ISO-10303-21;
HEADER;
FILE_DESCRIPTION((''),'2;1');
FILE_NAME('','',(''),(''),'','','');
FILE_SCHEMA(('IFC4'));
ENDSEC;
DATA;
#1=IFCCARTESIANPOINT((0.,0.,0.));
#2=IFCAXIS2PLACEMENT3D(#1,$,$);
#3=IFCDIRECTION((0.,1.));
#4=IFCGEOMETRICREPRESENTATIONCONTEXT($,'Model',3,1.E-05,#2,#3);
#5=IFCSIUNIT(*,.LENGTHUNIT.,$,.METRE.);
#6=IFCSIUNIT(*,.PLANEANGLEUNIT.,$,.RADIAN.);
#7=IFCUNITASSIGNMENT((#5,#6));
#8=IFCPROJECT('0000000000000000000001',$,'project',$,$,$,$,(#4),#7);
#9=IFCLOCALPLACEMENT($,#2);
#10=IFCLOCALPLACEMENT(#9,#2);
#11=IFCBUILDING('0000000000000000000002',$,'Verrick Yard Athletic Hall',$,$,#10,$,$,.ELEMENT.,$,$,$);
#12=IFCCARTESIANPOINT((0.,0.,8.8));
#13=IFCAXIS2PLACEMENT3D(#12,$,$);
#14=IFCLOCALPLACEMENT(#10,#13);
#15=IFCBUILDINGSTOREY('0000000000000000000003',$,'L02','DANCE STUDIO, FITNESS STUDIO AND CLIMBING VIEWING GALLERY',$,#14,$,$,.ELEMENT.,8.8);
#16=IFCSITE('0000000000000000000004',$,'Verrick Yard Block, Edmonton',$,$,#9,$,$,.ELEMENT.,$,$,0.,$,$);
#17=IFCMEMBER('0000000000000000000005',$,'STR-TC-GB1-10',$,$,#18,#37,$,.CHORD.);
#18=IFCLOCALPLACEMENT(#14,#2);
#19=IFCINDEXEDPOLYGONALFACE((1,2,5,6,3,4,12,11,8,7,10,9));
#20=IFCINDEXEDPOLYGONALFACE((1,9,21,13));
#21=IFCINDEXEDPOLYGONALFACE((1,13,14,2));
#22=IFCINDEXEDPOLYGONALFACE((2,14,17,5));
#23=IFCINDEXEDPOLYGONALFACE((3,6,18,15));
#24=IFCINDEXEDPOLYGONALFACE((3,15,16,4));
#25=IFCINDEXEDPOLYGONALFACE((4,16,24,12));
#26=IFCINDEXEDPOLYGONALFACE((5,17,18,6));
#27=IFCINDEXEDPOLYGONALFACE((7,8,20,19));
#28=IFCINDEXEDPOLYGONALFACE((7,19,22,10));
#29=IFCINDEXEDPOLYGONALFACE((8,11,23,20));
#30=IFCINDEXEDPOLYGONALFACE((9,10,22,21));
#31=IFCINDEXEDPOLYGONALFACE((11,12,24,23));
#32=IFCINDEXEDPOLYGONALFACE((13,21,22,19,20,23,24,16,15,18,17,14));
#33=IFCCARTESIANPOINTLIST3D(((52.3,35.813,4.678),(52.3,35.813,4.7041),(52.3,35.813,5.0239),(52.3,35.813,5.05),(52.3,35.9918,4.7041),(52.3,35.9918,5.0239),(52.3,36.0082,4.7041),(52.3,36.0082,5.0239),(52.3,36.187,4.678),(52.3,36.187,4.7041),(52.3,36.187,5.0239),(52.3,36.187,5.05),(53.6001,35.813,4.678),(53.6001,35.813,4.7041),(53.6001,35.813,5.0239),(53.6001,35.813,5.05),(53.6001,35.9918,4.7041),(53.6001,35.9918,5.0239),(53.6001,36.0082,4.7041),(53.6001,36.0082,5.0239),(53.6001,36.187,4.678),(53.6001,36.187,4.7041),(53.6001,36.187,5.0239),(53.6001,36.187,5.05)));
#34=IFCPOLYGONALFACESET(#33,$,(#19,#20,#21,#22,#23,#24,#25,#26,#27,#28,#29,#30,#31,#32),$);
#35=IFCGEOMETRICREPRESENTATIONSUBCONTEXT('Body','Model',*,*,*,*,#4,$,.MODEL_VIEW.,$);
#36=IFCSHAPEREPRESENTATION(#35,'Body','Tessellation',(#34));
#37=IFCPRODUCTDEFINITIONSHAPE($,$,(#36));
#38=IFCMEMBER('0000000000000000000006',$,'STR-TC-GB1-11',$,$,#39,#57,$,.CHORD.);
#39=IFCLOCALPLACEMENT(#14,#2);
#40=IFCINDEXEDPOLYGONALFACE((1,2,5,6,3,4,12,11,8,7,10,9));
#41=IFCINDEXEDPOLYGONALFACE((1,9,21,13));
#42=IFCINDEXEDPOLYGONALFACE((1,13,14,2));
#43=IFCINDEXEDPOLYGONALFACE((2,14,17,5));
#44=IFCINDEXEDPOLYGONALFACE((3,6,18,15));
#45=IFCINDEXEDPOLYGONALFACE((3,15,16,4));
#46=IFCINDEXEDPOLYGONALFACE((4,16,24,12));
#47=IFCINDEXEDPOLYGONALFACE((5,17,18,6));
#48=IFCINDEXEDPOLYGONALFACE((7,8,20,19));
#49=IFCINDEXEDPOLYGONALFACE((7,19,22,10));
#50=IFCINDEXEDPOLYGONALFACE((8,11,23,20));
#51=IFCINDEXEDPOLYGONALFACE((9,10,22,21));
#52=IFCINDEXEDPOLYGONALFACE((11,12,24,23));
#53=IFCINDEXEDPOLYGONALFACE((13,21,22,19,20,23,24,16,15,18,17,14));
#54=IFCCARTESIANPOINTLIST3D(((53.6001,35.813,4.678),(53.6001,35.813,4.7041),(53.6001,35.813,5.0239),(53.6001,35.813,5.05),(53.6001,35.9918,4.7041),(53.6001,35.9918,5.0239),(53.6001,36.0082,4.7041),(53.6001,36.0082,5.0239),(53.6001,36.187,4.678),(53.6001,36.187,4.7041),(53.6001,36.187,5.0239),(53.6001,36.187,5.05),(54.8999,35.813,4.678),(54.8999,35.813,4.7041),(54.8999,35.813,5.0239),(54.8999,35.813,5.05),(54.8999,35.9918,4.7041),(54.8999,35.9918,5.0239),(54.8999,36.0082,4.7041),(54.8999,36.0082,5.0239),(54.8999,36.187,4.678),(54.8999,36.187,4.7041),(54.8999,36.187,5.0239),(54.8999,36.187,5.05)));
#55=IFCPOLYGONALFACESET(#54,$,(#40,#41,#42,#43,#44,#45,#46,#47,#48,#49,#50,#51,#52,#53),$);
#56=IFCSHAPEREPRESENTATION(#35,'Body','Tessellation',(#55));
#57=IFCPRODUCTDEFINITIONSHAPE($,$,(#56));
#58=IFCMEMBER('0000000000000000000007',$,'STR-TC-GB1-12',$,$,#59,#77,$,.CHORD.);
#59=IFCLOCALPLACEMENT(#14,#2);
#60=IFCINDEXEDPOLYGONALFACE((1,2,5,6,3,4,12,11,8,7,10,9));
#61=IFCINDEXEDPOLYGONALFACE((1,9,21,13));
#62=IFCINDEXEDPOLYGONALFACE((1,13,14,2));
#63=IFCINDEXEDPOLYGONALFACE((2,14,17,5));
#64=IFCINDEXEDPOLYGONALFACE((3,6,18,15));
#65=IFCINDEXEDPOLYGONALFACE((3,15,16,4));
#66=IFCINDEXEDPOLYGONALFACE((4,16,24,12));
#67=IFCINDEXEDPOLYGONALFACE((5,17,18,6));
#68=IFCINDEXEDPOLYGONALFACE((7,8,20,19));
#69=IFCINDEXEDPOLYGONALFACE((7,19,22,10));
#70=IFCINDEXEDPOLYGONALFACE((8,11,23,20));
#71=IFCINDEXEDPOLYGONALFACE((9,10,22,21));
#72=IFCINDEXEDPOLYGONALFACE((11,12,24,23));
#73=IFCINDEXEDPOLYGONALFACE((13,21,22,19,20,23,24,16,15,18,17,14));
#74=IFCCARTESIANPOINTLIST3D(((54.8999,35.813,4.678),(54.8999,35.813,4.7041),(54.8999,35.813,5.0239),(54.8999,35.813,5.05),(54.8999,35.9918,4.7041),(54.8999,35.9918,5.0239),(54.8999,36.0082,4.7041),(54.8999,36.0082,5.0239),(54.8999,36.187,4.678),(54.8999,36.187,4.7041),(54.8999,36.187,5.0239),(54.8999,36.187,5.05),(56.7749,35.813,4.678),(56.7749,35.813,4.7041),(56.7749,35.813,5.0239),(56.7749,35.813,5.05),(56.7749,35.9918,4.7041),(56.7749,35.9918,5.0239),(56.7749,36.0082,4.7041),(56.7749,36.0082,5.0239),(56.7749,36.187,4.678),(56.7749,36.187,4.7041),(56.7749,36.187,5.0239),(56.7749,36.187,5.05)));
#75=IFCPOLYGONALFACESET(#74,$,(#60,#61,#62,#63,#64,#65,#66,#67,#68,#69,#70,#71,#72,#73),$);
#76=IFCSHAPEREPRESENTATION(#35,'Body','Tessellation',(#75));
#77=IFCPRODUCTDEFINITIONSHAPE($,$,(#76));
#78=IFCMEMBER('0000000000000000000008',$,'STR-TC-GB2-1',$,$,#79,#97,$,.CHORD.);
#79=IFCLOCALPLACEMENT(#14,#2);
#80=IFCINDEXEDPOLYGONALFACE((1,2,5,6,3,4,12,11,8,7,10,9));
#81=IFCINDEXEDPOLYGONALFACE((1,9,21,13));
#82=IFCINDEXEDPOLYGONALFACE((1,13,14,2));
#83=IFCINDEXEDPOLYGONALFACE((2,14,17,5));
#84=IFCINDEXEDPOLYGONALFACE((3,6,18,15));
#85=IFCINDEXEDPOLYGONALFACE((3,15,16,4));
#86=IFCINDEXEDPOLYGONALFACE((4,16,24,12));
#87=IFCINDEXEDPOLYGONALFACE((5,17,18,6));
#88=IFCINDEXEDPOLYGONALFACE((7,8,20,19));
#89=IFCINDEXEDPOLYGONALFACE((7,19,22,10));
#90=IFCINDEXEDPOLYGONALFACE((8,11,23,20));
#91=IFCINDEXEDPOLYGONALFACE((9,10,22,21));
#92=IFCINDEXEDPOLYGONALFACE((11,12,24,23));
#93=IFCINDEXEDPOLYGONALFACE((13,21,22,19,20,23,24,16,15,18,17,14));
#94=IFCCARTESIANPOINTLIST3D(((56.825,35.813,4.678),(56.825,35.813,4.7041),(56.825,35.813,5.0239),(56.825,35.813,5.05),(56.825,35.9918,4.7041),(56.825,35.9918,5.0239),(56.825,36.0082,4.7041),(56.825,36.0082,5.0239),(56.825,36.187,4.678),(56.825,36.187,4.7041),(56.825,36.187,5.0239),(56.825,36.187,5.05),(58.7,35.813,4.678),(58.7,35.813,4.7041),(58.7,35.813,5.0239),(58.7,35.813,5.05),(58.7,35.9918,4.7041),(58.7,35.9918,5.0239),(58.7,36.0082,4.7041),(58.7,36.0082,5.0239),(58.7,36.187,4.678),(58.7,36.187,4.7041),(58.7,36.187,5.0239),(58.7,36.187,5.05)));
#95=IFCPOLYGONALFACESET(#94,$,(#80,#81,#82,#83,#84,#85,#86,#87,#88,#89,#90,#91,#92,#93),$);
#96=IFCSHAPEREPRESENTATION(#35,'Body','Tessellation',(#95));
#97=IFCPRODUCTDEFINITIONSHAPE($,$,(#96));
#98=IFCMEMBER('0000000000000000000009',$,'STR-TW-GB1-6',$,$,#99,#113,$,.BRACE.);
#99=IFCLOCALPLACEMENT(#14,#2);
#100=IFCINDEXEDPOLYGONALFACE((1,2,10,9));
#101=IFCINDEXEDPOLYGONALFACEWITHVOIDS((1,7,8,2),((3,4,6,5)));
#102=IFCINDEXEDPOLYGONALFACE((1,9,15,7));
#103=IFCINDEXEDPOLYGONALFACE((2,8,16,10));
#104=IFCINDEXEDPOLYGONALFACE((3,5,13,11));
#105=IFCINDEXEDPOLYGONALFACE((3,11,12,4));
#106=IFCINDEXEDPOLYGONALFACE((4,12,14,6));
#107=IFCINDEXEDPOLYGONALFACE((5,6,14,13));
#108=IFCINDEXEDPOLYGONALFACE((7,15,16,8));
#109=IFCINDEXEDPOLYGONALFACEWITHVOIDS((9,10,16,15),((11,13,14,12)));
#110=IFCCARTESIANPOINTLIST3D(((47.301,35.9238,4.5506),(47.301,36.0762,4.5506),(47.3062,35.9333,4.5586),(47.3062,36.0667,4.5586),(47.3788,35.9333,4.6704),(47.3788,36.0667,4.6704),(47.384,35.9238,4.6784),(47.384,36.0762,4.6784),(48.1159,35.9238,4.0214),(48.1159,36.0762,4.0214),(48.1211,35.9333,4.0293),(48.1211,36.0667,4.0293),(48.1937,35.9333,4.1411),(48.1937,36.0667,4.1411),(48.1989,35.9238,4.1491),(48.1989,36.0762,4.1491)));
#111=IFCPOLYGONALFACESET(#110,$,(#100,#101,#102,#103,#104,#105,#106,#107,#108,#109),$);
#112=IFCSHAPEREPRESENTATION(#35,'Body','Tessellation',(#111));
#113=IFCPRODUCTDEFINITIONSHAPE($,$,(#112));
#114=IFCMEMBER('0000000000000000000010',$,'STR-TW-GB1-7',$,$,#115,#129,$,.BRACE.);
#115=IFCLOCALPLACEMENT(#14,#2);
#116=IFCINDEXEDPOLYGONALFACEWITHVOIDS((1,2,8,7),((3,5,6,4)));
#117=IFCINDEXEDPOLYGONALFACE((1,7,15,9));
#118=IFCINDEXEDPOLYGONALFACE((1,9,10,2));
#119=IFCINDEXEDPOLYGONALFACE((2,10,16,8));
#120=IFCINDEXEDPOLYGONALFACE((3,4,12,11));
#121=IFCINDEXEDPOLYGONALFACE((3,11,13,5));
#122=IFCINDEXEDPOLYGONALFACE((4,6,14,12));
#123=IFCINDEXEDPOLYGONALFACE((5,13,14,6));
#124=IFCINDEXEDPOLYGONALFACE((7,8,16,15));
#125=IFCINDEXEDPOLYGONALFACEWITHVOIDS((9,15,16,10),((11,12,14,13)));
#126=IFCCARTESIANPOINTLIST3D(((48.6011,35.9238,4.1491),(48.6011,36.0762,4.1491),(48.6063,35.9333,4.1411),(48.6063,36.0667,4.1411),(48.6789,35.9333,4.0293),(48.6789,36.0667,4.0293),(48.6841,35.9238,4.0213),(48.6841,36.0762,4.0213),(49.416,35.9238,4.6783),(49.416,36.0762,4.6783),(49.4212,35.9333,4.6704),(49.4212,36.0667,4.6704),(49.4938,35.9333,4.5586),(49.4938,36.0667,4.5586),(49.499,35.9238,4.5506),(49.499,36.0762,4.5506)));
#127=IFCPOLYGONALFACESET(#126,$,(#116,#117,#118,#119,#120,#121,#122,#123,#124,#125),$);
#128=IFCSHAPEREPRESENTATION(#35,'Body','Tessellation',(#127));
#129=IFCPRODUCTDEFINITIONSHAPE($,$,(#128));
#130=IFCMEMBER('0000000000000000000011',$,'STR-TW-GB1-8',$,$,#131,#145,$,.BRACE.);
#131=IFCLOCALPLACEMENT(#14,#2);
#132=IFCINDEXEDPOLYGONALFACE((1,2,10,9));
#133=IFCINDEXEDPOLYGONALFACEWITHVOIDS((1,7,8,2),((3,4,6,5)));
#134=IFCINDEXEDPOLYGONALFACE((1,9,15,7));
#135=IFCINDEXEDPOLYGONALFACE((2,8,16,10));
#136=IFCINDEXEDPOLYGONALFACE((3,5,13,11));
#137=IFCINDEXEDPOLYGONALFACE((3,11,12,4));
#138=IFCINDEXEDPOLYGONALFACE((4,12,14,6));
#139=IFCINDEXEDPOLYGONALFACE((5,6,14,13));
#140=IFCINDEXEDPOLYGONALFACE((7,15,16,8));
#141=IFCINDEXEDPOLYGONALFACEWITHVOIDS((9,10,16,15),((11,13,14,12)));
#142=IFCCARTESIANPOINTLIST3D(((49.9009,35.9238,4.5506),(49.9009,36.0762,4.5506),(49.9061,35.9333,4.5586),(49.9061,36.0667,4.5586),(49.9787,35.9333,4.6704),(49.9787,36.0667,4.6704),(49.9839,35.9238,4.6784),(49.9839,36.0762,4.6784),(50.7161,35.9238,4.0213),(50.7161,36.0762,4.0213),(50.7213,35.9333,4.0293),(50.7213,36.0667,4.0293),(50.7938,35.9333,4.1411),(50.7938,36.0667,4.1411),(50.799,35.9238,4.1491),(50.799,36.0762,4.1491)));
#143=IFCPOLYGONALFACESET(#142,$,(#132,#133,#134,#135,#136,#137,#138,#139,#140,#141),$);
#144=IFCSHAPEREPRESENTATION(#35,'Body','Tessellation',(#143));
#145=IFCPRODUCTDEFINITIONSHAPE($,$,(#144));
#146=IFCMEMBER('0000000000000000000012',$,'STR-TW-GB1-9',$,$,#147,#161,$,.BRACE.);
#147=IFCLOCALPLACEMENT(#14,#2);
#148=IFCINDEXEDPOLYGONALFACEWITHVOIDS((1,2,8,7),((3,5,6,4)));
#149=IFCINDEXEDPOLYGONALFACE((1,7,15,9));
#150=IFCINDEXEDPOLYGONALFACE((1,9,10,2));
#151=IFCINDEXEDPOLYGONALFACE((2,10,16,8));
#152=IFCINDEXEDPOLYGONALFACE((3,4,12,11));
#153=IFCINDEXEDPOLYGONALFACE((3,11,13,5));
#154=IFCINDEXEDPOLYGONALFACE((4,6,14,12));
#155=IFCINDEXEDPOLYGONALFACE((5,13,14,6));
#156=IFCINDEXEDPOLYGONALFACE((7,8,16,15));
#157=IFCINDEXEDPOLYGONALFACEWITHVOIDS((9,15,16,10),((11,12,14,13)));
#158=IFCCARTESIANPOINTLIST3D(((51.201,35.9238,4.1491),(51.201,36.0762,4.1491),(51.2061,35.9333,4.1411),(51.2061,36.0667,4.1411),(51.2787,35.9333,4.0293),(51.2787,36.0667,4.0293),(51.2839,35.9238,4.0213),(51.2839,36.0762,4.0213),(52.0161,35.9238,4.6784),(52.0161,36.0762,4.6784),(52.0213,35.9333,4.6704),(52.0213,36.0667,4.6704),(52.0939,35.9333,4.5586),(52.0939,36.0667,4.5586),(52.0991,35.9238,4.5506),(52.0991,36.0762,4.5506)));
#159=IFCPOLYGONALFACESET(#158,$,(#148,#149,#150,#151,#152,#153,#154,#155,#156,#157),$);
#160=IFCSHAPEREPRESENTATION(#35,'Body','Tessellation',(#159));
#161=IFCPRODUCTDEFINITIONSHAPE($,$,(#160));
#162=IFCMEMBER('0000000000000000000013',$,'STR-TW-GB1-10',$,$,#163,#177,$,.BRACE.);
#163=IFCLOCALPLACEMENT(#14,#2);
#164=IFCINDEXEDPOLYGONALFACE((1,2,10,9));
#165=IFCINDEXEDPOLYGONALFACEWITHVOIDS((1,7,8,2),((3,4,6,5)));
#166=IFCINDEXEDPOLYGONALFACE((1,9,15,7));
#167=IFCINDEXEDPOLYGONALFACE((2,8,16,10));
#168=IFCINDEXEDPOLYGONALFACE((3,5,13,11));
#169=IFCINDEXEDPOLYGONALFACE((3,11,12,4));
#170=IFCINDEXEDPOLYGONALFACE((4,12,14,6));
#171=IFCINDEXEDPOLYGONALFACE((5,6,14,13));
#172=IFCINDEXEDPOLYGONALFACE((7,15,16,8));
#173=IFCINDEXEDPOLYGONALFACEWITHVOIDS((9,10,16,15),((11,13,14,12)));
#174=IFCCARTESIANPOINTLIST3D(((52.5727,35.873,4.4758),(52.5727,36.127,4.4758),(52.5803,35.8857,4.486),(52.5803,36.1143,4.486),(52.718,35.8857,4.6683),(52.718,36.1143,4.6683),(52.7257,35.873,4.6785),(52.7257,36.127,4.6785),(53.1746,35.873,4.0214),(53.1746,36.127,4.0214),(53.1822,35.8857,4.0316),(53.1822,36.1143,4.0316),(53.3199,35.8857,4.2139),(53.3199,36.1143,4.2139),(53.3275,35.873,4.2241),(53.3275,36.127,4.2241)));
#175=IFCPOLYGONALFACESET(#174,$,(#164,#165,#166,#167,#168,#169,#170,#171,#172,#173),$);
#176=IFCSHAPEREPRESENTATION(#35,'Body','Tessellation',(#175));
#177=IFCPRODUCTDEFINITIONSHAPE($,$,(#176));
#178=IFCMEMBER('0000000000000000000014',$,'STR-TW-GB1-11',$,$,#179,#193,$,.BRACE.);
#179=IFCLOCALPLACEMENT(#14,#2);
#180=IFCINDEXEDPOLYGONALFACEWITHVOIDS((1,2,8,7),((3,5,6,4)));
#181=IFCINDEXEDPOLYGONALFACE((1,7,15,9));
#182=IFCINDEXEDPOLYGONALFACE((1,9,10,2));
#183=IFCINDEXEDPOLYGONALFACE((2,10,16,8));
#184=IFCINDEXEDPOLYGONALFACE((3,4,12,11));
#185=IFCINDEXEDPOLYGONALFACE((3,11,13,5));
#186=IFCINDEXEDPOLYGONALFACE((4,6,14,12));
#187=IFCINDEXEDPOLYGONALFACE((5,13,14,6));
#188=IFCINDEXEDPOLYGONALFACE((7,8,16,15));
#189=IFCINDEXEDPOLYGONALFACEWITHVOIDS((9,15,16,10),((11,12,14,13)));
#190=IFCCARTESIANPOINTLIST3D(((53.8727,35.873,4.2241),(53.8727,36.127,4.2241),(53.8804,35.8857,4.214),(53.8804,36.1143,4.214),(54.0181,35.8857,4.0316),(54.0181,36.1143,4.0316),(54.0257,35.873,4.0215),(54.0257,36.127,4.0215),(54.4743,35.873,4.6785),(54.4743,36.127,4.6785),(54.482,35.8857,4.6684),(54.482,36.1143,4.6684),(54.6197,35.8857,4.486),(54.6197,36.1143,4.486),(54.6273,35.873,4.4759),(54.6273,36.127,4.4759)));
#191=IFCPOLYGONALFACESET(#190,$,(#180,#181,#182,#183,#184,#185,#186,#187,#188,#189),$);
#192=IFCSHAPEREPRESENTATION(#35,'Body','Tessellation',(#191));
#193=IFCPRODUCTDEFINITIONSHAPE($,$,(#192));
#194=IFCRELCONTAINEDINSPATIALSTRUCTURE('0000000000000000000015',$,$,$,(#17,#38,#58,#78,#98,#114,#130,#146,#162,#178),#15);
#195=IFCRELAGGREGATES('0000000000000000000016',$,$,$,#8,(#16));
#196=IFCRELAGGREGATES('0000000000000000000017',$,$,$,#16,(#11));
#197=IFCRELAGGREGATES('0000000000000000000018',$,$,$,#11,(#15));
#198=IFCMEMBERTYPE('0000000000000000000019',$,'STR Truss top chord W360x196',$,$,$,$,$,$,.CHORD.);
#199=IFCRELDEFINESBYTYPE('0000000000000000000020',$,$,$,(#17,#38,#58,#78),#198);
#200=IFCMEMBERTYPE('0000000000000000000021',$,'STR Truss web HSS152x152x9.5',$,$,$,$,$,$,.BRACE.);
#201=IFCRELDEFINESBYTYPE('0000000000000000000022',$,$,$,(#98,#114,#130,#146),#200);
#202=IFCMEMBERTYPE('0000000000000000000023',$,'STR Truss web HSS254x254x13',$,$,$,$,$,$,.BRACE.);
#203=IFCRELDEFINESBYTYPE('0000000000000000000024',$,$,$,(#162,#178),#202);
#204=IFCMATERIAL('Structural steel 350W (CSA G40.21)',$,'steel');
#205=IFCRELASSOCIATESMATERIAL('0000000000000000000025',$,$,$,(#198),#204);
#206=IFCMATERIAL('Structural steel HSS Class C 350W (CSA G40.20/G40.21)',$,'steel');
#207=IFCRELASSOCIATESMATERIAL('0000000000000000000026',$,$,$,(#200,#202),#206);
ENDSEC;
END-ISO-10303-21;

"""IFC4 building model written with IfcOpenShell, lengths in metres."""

from ifc_helpers import new_model, si_unit, direction, frame, origin, origin_2d, place, context, subcontext, project, spatial, hollow_rectangle, i_section, extrude, material, material_profile, profile_set, type_object, element, save


model = new_model("IFC4")

# Units and contexts
model_context = context("Model", 3, precision=1e-05, world=origin(), true_north=direction((0.0, 1.0)))
body_context = subcontext(model_context, "Body", "Model", "MODEL_VIEW")
ifc_project = project(units=[si_unit("LENGTHUNIT", "METRE"), si_unit("PLANEANGLEUNIT", "RADIAN")], contexts=[model_context])

# Site, building, storey
site_placement = place(None, origin())
site = spatial("IfcSite", under=ifc_project, at=site_placement, Name="Verrick Yard Block, Edmonton", CompositionType="ELEMENT", RefElevation=0.0)
building_placement = place(site_placement, origin())
building = spatial("IfcBuilding", under=site, at=building_placement, Name="Verrick Yard Athletic Hall", CompositionType="ELEMENT")
storey_placement = place(building_placement, frame((0.0, 0.0, 8.8)))
storey = spatial("IfcBuildingStorey", under=building, at=storey_placement, Name="L02", Description="DANCE STUDIO, FITNESS STUDIO AND CLIMBING VIEWING GALLERY", CompositionType="ELEMENT", Elevation=8.8)

# Shared definitions
ifc_material_1 = material(Name="Structural steel 350W (CSA G40.21)", Category="steel")

# Members
ifc_material_2 = material(Name="Structural steel HSS Class C 350W (CSA G40.20/G40.21)", Category="steel")
ifc_material_profile_1 = material_profile(ifc_material_1, i_section(OverallWidth=0.374, OverallDepth=0.3721, WebThickness=0.0164, FlangeThickness=0.0261, at=origin_2d()), Name="W360x196")
ifc_profile_set_1 = profile_set([ifc_material_profile_1], Name="Structural steel 350W (CSA G40.21)")
member_type_1 = type_object("IfcMemberType", Name="STR Truss top chord W360x196", PredefinedType="CHORD", material=ifc_profile_set_1)
for number, where, z_axis, x_axis, name in (
    (1, (52.3, 36.0, 4.864), (1.0, 0.0, 0.0), (0.0, 1.0, 0.0), "STR-TC-GB1-10"),
):
    element("IfcMember", number, at=place(storey_placement, frame(where, z_axis=z_axis, x_axis=x_axis)), inside=storey, type_object=member_type_1, Name=name, PredefinedType="CHORD", context=body_context, shape_type="SweptSolid", body=[
        extrude(i_section(OverallWidth=0.374, OverallDepth=0.3721, WebThickness=0.0164, FlangeThickness=0.0261, at=origin_2d()), origin(), (0.0, 0.0, 1.0), 1.3),
    ])
member_1_placement = place(storey_placement, frame((53.6001, 36.0, 4.864), z_axis=(1.0, 0.0, 0.0), x_axis=(0.0, 1.0, 0.0)))
element("IfcMember", 2, at=member_1_placement, inside=storey, type_object=member_type_1, Name="STR-TC-GB1-11", PredefinedType="CHORD", context=body_context, shape_type="SweptSolid", body=[
    extrude(i_section(OverallWidth=0.374, OverallDepth=0.3721, WebThickness=0.0164, FlangeThickness=0.0261, at=origin_2d()), origin(), (0.0, 0.0, 1.0), 1.2998),
])
for number, where, z_axis, x_axis, name in (
    (3, (54.8999, 36.0, 4.864), (1.0, 0.0, 0.0), (0.0, 1.0, 0.0), "STR-TC-GB1-12"),
    (4, (56.825, 36.0, 4.864), (1.0, 0.0, 0.0), (0.0, 1.0, 0.0), "STR-TC-GB2-1"),
):
    element("IfcMember", number, at=place(storey_placement, frame(where, z_axis=z_axis, x_axis=x_axis)), inside=storey, type_object=member_type_1, Name=name, PredefinedType="CHORD", context=body_context, shape_type="SweptSolid", body=[
        extrude(i_section(OverallWidth=0.374, OverallDepth=0.3721, WebThickness=0.0164, FlangeThickness=0.0261, at=origin_2d()), origin(), (0.0, 0.0, 1.0), 1.875),
    ])
ifc_material_profile_2 = material_profile(ifc_material_2, hollow_rectangle(XDim=0.1523, YDim=0.1523, WallThickness=0.0095, at=origin_2d()), Name="HSS152x152x9.5")
ifc_profile_set_2 = profile_set([ifc_material_profile_2], Name="Structural steel HSS Class C 350W (CSA G40.20/G40.21)")
member_type_2 = type_object("IfcMemberType", Name="STR Truss web HSS152x152x9.5", PredefinedType="BRACE", material=ifc_profile_set_2)
for number, where, z_axis, x_axis, name in (
    (5, (47.3425, 36.0, 4.6145), (0.838639, 0.0, -0.544688), (0.0, 1.0, 0.0), "STR-TW-GB1-6"),
    (6, (48.6426, 36.0, 4.0852), (0.838639, 0.0, 0.544688), (0.0, 1.0, 0.0), "STR-TW-GB1-7"),
):
    element("IfcMember", number, at=place(storey_placement, frame(where, z_axis=z_axis, x_axis=x_axis)), inside=storey, type_object=member_type_2, Name=name, PredefinedType="BRACE", context=body_context, shape_type="SweptSolid", body=[
        extrude(hollow_rectangle(XDim=0.1523, YDim=0.1523, WallThickness=0.0095, at=origin_2d()), origin(), (0.0, 0.0, 1.0), 0.9717),
    ])
for number, where, z_axis, x_axis, name in (
    (7, (49.9424, 36.0, 4.6145), (0.838713, 0.0, -0.544573), (0.0, 1.0, 0.0), "STR-TW-GB1-8"),
    (8, (51.2424, 36.0, 4.0852), (0.838713, 0.0, 0.544573), (0.0, 1.0, 0.0), "STR-TW-GB1-9"),
):
    element("IfcMember", number, at=place(storey_placement, frame(where, z_axis=z_axis, x_axis=x_axis)), inside=storey, type_object=member_type_2, Name=name, PredefinedType="BRACE", context=body_context, shape_type="SweptSolid", body=[
        extrude(hollow_rectangle(XDim=0.1523, YDim=0.1523, WallThickness=0.0095, at=origin_2d()), origin(), (0.0, 0.0, 1.0), 0.9719),
    ])
ifc_material_profile_3 = material_profile(ifc_material_2, hollow_rectangle(XDim=0.2539, YDim=0.2539, WallThickness=0.0127, at=origin_2d()), Name="HSS254x254x13")
ifc_profile_set_3 = profile_set([ifc_material_profile_3], Name="Structural steel HSS Class C 350W (CSA G40.20/G40.21)")
member_type_3 = type_object("IfcMemberType", Name="STR Truss web HSS254x254x13", PredefinedType="BRACE", material=ifc_profile_set_3)
member_2_placement = place(storey_placement, frame((52.6492, 36.0, 4.5771), z_axis=(0.798092, 0.0, -0.602535), x_axis=(0.0, 1.0, 0.0)))
element("IfcMember", 9, at=member_2_placement, inside=storey, type_object=member_type_3, Name="STR-TW-GB1-10", PredefinedType="BRACE", context=body_context, shape_type="SweptSolid", body=[
    extrude(hollow_rectangle(XDim=0.2539, YDim=0.2539, WallThickness=0.0127, at=origin_2d()), origin(), (0.0, 0.0, 1.0), 0.7542),
])
member_3_placement = place(storey_placement, frame((53.9492, 36.0, 4.1228), z_axis=(0.797975, 0.0, 0.602691), x_axis=(0.0, 1.0, 0.0)))
element("IfcMember", 10, at=member_3_placement, inside=storey, type_object=member_type_3, Name="STR-TW-GB1-11", PredefinedType="BRACE", context=body_context, shape_type="SweptSolid", body=[
    extrude(hollow_rectangle(XDim=0.2539, YDim=0.2539, WallThickness=0.0127, at=origin_2d()), origin(), (0.0, 0.0, 1.0), 0.7539),
])

save(model, "model.ifc")
